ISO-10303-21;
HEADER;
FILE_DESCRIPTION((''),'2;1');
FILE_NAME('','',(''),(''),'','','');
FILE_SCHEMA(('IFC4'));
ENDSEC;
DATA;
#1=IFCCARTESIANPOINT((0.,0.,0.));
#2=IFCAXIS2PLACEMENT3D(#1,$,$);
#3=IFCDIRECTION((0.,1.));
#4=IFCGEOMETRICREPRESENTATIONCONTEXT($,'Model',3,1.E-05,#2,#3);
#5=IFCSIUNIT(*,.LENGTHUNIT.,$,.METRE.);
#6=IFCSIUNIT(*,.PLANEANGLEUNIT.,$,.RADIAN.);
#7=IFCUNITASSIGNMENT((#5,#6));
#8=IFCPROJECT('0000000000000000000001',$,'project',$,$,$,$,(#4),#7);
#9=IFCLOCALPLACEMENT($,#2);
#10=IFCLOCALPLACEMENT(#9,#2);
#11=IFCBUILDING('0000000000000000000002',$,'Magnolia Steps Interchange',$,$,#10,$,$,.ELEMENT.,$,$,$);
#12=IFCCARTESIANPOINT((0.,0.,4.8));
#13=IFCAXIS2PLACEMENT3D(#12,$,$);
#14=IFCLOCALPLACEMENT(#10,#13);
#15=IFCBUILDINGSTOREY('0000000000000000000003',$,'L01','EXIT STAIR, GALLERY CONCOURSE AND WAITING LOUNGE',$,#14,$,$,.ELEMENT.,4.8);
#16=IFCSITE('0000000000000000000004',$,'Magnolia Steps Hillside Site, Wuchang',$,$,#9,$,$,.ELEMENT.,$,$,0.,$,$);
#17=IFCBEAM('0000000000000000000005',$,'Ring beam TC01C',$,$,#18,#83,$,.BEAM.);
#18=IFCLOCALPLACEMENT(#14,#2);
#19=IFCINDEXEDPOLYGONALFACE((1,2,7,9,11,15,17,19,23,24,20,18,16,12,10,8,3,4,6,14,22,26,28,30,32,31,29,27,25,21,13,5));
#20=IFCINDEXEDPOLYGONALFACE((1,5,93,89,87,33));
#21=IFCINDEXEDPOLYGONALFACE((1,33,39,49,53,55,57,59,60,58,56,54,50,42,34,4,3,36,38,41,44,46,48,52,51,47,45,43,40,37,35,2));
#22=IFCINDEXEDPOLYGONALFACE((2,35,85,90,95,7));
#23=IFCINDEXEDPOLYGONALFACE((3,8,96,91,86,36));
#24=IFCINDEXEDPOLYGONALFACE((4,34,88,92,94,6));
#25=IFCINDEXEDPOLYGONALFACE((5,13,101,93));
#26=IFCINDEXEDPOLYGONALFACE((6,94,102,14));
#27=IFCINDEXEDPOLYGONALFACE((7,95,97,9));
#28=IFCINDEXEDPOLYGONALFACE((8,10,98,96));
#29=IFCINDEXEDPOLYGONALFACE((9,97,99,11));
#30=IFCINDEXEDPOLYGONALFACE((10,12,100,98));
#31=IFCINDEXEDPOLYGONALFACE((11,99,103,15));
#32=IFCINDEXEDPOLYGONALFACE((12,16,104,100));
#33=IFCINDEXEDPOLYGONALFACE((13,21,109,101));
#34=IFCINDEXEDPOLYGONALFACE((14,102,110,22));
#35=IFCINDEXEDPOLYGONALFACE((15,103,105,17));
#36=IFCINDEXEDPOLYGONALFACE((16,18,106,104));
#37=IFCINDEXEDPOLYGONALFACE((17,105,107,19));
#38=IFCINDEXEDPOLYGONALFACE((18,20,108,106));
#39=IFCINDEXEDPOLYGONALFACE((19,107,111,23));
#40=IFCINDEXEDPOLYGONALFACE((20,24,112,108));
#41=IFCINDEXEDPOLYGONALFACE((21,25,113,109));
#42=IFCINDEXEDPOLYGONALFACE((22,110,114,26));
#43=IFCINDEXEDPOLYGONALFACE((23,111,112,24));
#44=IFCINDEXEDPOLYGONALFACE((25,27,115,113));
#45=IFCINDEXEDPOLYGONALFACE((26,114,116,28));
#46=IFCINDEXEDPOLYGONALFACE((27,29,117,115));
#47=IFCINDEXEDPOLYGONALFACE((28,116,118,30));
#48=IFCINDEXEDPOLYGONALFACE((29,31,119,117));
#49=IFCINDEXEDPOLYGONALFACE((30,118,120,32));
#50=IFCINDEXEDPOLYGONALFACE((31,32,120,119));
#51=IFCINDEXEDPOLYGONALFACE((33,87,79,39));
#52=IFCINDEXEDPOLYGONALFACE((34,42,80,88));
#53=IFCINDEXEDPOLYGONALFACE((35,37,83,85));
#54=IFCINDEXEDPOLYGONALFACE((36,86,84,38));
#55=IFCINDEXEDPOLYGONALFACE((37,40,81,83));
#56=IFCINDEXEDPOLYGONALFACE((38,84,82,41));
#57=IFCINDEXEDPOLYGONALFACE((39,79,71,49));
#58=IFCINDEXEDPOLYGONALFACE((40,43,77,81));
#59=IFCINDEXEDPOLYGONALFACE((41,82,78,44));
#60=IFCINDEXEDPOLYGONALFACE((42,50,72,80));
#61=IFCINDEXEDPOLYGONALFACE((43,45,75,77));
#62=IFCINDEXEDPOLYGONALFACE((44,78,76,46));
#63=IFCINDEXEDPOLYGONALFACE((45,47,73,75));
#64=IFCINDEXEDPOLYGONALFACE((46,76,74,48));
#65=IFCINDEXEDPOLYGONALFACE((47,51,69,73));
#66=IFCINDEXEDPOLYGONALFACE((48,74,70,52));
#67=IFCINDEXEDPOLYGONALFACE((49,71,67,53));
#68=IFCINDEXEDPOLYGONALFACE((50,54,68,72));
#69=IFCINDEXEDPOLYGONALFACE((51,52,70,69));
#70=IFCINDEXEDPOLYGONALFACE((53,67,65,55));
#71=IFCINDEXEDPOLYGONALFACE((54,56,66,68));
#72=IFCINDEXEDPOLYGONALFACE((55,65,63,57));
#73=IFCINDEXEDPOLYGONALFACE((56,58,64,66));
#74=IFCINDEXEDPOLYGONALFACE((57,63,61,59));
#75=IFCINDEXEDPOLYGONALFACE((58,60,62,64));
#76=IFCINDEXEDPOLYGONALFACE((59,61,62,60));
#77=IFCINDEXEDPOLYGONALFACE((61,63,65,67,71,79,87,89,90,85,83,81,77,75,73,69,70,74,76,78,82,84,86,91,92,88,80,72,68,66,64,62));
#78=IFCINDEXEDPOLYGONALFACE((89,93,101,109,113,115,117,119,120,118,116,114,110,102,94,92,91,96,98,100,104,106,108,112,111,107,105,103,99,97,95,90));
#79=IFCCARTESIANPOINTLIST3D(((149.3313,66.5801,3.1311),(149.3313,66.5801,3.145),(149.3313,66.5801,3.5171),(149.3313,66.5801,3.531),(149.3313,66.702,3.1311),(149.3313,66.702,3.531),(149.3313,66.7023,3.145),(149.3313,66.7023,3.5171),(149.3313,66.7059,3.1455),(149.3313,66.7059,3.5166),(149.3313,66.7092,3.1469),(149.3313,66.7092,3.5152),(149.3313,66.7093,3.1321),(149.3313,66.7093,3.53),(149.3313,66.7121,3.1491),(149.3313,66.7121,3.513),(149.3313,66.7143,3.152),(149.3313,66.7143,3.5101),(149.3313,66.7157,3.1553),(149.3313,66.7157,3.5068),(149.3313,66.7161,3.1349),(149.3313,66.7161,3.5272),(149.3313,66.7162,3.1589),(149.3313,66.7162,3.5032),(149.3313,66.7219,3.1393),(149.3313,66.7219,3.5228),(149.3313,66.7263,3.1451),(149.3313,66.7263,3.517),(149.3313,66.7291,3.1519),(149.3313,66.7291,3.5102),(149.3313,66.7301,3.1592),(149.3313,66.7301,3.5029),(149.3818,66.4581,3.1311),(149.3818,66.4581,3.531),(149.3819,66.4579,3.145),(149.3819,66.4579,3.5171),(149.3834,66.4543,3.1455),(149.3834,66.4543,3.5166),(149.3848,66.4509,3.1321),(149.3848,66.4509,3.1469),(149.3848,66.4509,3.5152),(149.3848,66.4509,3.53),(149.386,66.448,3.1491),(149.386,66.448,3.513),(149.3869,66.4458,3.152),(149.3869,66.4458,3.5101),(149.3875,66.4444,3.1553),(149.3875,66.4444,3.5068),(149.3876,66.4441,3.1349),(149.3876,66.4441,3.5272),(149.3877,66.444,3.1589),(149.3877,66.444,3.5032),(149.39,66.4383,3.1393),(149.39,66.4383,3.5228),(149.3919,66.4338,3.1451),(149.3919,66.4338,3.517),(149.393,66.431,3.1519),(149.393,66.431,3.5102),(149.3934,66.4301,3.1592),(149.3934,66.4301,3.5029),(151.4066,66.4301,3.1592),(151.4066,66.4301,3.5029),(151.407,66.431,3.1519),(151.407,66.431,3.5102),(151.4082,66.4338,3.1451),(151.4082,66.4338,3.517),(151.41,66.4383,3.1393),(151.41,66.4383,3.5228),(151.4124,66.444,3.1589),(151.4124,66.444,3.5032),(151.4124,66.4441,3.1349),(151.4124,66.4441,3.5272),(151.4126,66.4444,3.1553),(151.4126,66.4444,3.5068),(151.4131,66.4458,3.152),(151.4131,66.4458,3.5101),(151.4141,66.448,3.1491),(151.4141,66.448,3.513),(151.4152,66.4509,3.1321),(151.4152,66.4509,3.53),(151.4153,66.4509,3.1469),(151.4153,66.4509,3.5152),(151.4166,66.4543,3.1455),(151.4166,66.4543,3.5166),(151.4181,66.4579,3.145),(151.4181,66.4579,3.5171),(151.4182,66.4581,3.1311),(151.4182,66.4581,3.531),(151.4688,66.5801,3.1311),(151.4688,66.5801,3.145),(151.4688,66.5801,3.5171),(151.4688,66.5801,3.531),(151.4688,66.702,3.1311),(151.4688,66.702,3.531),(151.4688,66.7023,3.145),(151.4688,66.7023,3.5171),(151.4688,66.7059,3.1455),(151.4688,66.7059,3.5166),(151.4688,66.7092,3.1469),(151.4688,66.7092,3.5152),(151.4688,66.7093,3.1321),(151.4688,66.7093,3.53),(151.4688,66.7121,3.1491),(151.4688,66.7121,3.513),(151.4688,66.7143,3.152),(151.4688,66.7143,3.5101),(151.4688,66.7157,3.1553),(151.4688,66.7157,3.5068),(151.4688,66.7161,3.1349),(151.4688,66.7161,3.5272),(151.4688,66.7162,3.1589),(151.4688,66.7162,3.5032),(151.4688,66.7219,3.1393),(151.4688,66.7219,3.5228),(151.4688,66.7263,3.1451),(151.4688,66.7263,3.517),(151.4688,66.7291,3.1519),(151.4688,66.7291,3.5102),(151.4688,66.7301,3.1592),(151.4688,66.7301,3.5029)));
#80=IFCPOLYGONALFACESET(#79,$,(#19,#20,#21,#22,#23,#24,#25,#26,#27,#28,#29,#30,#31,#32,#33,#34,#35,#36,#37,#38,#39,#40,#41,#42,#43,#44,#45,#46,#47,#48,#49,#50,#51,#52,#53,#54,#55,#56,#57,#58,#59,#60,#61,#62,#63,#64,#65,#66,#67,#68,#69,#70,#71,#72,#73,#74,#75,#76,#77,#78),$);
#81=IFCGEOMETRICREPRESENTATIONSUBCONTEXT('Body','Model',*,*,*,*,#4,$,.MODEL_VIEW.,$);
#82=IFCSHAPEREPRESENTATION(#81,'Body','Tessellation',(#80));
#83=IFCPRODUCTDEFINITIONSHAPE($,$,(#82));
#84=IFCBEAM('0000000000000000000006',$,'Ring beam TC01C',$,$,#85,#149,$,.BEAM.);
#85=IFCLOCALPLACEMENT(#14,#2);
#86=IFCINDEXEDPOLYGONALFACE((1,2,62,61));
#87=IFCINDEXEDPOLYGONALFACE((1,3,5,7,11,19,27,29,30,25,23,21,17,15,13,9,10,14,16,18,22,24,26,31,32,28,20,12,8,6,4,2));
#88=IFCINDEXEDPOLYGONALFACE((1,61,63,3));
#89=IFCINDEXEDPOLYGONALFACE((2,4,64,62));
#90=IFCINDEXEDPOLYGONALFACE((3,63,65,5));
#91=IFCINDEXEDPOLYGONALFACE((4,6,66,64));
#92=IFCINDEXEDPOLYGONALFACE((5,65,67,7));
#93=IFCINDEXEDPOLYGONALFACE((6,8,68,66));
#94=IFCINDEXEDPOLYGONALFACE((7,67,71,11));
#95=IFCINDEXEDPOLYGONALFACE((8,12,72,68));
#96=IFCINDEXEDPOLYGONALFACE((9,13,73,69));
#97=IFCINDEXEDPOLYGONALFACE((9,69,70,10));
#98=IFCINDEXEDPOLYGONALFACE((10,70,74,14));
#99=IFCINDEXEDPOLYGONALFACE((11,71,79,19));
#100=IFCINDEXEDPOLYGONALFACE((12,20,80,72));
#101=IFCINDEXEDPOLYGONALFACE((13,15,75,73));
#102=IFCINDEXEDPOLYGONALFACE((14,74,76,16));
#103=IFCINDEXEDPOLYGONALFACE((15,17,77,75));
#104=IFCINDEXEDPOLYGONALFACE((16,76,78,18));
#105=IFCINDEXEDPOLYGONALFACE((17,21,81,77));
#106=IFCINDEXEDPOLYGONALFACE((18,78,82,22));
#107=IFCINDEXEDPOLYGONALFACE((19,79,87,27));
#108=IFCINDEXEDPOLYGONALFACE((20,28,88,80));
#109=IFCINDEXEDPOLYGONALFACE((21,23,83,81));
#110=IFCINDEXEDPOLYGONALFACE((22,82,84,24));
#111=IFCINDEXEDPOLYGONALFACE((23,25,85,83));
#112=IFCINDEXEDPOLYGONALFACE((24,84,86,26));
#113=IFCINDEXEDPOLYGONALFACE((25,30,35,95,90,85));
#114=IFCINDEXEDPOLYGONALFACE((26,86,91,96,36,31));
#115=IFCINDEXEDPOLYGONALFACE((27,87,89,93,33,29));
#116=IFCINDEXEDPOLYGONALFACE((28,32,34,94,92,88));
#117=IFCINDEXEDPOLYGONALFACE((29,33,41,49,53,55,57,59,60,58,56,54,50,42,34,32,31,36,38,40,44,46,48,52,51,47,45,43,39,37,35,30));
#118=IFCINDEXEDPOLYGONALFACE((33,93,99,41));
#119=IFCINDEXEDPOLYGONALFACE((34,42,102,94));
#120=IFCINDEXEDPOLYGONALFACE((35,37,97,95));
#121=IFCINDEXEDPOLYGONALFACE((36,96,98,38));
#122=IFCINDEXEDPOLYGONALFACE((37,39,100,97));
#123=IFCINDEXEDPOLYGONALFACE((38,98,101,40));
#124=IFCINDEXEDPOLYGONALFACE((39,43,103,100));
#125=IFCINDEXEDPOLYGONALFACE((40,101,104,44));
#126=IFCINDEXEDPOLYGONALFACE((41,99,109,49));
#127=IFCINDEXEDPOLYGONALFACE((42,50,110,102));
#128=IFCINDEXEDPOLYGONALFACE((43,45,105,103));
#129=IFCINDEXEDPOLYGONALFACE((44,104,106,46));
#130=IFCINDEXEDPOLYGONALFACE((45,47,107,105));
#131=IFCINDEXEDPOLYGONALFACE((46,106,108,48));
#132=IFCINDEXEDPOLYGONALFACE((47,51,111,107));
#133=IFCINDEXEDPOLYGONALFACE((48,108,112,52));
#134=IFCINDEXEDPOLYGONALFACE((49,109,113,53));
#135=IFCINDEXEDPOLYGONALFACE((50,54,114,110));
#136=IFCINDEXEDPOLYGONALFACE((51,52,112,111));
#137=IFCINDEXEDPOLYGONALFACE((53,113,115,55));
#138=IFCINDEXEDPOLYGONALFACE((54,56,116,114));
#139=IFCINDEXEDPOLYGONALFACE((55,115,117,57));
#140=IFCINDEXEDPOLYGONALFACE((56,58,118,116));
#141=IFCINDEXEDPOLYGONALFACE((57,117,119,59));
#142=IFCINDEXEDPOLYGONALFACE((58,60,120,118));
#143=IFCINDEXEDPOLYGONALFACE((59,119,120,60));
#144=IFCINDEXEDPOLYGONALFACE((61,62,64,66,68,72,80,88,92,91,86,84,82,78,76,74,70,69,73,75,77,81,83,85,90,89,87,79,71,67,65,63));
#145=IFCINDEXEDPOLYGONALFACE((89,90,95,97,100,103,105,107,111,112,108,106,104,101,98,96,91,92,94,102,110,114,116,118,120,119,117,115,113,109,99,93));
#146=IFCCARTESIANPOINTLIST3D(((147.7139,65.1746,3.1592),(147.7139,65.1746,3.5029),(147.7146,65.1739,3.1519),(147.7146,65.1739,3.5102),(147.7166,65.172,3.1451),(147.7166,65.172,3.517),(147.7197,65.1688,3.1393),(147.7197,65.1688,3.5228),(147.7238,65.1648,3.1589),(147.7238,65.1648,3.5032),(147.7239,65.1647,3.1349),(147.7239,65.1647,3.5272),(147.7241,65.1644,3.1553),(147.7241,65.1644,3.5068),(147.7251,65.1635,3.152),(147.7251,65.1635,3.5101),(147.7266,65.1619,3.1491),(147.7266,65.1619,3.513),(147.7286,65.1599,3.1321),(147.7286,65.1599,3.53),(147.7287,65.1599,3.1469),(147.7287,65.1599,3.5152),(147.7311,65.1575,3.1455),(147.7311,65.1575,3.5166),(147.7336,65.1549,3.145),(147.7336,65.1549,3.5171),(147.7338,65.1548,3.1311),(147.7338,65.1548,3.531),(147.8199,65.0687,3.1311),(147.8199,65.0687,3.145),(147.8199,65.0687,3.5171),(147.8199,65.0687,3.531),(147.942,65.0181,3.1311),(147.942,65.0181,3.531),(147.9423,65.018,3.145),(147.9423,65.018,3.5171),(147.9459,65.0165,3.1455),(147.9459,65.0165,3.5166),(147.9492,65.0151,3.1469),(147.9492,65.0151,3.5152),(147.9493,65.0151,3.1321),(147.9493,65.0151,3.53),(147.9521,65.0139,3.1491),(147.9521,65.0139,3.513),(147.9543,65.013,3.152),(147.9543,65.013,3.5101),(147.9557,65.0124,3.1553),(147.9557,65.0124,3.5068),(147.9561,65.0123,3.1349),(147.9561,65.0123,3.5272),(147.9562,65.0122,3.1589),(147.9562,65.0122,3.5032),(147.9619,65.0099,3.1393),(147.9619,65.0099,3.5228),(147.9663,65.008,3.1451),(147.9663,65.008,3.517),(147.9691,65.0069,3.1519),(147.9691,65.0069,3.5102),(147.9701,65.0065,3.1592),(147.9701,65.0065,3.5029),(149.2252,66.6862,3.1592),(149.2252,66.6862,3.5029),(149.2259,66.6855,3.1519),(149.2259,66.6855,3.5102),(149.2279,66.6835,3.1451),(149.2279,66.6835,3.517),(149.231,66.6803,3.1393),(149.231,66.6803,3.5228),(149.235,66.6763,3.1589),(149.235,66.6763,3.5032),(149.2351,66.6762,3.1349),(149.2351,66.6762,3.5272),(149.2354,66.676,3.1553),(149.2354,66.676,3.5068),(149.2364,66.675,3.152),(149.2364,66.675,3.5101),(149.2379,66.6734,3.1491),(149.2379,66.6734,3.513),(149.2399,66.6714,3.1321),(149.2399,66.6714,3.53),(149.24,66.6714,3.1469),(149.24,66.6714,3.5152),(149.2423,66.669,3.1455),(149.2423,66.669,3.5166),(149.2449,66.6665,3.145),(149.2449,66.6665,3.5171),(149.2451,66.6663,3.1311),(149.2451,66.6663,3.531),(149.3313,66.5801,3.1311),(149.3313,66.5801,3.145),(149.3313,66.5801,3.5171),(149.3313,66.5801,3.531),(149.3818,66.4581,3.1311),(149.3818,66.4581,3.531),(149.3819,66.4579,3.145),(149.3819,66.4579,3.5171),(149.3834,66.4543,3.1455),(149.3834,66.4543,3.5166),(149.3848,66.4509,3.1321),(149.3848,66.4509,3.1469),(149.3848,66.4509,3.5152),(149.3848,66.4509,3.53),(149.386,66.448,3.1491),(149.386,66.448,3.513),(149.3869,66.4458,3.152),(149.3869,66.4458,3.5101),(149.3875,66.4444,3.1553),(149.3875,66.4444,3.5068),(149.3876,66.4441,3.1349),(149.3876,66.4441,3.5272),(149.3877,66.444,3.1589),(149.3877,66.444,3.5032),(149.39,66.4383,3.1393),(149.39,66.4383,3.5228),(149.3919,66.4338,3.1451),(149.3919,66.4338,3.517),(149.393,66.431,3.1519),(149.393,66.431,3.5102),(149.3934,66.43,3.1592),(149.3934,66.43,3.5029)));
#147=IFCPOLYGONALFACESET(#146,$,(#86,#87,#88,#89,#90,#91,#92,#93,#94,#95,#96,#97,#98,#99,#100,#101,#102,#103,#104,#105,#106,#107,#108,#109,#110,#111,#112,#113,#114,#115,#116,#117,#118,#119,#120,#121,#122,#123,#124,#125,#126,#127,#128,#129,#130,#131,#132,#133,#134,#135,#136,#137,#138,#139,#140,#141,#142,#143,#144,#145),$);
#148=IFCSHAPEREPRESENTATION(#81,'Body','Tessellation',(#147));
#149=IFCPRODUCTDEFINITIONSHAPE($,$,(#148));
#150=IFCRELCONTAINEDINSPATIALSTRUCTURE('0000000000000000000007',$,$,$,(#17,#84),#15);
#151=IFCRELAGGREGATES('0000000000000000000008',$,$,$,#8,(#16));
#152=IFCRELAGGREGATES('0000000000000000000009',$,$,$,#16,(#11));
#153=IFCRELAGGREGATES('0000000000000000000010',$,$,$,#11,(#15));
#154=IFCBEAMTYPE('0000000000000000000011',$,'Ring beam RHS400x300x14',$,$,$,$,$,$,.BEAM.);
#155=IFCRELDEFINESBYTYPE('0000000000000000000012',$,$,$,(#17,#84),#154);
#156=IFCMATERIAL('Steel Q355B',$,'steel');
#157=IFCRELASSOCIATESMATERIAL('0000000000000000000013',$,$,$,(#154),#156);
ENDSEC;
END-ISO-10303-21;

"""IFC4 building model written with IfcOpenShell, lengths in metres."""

from ifc_helpers import new_model, si_unit, direction, frame, origin, origin_2d, place, context, subcontext, project, spatial, hollow_rectangle, extrude, clip, halfspace, material, material_profile, profile_set, type_object, element, save


model = new_model("IFC4")

# Units and contexts
model_context = context("Model", 3, precision=1e-05, world=origin(), true_north=direction((0.0, 1.0)))
body_context = subcontext(model_context, "Body", "Model", "MODEL_VIEW")
ifc_project = project(units=[si_unit("LENGTHUNIT", "METRE"), si_unit("PLANEANGLEUNIT", "RADIAN")], contexts=[model_context])

# Site, building, storey
site_placement = place(None, origin())
site = spatial("IfcSite", under=ifc_project, at=site_placement, Name="Magnolia Steps Hillside Site, Wuchang", CompositionType="ELEMENT", RefElevation=0.0)
building_placement = place(site_placement, origin())
building = spatial("IfcBuilding", under=site, at=building_placement, Name="Magnolia Steps Interchange", CompositionType="ELEMENT")
storey_placement = place(building_placement, frame((0.0, 0.0, 4.8)))
storey = spatial("IfcBuildingStorey", under=building, at=storey_placement, Name="L01", Description="EXIT STAIR, GALLERY CONCOURSE AND WAITING LOUNGE", CompositionType="ELEMENT", Elevation=4.8)

# Beams
ifc_material_1 = material(Name="Steel Q355B", Category="steel")
ifc_material_profile_1 = material_profile(ifc_material_1, hollow_rectangle(XDim=0.3, YDim=0.3999, WallThickness=0.0139, InnerFilletRadius=0.0139, OuterFilletRadius=0.0281, at=origin_2d()), Name="RHS400x300x14")
ifc_profile_set_1 = profile_set([ifc_material_profile_1], Name="Steel Q355B")
beam_type_1 = type_object("IfcBeamType", Name="Ring beam RHS400x300x14", PredefinedType="BEAM", material=ifc_profile_set_1)
beam_1_placement = place(storey_placement, frame((151.4688, 66.5801, 3.3311), z_axis=(-1.0, 0.0, 0.0), x_axis=(0.0, -1.0, 0.0)))
element("IfcBeam", 1, at=beam_1_placement, inside=storey, type_object=beam_type_1, Name="Ring beam TC01C", PredefinedType="BEAM", context=body_context, shape_type="Clipping", body=[
    clip(clip(extrude(hollow_rectangle(XDim=0.3, YDim=0.3999, WallThickness=0.0139, InnerFilletRadius=0.0139, OuterFilletRadius=0.0281, at=origin_2d()), origin(), (0.0, 0.0, 1.0), 2.1375), halfspace(frame((0.0, 0.0, 0.0), z_axis=(0.382683, 0.0, -0.92388), x_axis=(0.92388, 0.0, 0.382683)), False)), halfspace(frame((0.0, 0.0, 2.1375), z_axis=(0.382683, 0.0, 0.92388), x_axis=(0.92388, 0.0, -0.382683)), False)),
])
beam_2_placement = place(storey_placement, frame((149.3313, 66.5801, 3.3311), z_axis=(-0.70705, -0.707164, 0.0), x_axis=(0.707164, -0.70705, 0.0)))
element("IfcBeam", 2, at=beam_2_placement, inside=storey, type_object=beam_type_1, Name="Ring beam TC01C", PredefinedType="BEAM", context=body_context, shape_type="Clipping", body=[
    clip(clip(extrude(hollow_rectangle(XDim=0.3, YDim=0.3999, WallThickness=0.0139, InnerFilletRadius=0.0139, OuterFilletRadius=0.0281, at=origin_2d()), origin(), (0.0, 0.0, 1.0), 2.1375), halfspace(frame((0.0, 0.0, 0.0), z_axis=(0.382758, 0.0, -0.923849), x_axis=(0.923849, 0.0, 0.382758)), False)), halfspace(frame((0.0, 0.0, 2.1374), z_axis=(0.382609, 0.0, 0.92391), x_axis=(0.92391, 0.0, -0.382609)), False)),
])

save(model, "model.ifc")
